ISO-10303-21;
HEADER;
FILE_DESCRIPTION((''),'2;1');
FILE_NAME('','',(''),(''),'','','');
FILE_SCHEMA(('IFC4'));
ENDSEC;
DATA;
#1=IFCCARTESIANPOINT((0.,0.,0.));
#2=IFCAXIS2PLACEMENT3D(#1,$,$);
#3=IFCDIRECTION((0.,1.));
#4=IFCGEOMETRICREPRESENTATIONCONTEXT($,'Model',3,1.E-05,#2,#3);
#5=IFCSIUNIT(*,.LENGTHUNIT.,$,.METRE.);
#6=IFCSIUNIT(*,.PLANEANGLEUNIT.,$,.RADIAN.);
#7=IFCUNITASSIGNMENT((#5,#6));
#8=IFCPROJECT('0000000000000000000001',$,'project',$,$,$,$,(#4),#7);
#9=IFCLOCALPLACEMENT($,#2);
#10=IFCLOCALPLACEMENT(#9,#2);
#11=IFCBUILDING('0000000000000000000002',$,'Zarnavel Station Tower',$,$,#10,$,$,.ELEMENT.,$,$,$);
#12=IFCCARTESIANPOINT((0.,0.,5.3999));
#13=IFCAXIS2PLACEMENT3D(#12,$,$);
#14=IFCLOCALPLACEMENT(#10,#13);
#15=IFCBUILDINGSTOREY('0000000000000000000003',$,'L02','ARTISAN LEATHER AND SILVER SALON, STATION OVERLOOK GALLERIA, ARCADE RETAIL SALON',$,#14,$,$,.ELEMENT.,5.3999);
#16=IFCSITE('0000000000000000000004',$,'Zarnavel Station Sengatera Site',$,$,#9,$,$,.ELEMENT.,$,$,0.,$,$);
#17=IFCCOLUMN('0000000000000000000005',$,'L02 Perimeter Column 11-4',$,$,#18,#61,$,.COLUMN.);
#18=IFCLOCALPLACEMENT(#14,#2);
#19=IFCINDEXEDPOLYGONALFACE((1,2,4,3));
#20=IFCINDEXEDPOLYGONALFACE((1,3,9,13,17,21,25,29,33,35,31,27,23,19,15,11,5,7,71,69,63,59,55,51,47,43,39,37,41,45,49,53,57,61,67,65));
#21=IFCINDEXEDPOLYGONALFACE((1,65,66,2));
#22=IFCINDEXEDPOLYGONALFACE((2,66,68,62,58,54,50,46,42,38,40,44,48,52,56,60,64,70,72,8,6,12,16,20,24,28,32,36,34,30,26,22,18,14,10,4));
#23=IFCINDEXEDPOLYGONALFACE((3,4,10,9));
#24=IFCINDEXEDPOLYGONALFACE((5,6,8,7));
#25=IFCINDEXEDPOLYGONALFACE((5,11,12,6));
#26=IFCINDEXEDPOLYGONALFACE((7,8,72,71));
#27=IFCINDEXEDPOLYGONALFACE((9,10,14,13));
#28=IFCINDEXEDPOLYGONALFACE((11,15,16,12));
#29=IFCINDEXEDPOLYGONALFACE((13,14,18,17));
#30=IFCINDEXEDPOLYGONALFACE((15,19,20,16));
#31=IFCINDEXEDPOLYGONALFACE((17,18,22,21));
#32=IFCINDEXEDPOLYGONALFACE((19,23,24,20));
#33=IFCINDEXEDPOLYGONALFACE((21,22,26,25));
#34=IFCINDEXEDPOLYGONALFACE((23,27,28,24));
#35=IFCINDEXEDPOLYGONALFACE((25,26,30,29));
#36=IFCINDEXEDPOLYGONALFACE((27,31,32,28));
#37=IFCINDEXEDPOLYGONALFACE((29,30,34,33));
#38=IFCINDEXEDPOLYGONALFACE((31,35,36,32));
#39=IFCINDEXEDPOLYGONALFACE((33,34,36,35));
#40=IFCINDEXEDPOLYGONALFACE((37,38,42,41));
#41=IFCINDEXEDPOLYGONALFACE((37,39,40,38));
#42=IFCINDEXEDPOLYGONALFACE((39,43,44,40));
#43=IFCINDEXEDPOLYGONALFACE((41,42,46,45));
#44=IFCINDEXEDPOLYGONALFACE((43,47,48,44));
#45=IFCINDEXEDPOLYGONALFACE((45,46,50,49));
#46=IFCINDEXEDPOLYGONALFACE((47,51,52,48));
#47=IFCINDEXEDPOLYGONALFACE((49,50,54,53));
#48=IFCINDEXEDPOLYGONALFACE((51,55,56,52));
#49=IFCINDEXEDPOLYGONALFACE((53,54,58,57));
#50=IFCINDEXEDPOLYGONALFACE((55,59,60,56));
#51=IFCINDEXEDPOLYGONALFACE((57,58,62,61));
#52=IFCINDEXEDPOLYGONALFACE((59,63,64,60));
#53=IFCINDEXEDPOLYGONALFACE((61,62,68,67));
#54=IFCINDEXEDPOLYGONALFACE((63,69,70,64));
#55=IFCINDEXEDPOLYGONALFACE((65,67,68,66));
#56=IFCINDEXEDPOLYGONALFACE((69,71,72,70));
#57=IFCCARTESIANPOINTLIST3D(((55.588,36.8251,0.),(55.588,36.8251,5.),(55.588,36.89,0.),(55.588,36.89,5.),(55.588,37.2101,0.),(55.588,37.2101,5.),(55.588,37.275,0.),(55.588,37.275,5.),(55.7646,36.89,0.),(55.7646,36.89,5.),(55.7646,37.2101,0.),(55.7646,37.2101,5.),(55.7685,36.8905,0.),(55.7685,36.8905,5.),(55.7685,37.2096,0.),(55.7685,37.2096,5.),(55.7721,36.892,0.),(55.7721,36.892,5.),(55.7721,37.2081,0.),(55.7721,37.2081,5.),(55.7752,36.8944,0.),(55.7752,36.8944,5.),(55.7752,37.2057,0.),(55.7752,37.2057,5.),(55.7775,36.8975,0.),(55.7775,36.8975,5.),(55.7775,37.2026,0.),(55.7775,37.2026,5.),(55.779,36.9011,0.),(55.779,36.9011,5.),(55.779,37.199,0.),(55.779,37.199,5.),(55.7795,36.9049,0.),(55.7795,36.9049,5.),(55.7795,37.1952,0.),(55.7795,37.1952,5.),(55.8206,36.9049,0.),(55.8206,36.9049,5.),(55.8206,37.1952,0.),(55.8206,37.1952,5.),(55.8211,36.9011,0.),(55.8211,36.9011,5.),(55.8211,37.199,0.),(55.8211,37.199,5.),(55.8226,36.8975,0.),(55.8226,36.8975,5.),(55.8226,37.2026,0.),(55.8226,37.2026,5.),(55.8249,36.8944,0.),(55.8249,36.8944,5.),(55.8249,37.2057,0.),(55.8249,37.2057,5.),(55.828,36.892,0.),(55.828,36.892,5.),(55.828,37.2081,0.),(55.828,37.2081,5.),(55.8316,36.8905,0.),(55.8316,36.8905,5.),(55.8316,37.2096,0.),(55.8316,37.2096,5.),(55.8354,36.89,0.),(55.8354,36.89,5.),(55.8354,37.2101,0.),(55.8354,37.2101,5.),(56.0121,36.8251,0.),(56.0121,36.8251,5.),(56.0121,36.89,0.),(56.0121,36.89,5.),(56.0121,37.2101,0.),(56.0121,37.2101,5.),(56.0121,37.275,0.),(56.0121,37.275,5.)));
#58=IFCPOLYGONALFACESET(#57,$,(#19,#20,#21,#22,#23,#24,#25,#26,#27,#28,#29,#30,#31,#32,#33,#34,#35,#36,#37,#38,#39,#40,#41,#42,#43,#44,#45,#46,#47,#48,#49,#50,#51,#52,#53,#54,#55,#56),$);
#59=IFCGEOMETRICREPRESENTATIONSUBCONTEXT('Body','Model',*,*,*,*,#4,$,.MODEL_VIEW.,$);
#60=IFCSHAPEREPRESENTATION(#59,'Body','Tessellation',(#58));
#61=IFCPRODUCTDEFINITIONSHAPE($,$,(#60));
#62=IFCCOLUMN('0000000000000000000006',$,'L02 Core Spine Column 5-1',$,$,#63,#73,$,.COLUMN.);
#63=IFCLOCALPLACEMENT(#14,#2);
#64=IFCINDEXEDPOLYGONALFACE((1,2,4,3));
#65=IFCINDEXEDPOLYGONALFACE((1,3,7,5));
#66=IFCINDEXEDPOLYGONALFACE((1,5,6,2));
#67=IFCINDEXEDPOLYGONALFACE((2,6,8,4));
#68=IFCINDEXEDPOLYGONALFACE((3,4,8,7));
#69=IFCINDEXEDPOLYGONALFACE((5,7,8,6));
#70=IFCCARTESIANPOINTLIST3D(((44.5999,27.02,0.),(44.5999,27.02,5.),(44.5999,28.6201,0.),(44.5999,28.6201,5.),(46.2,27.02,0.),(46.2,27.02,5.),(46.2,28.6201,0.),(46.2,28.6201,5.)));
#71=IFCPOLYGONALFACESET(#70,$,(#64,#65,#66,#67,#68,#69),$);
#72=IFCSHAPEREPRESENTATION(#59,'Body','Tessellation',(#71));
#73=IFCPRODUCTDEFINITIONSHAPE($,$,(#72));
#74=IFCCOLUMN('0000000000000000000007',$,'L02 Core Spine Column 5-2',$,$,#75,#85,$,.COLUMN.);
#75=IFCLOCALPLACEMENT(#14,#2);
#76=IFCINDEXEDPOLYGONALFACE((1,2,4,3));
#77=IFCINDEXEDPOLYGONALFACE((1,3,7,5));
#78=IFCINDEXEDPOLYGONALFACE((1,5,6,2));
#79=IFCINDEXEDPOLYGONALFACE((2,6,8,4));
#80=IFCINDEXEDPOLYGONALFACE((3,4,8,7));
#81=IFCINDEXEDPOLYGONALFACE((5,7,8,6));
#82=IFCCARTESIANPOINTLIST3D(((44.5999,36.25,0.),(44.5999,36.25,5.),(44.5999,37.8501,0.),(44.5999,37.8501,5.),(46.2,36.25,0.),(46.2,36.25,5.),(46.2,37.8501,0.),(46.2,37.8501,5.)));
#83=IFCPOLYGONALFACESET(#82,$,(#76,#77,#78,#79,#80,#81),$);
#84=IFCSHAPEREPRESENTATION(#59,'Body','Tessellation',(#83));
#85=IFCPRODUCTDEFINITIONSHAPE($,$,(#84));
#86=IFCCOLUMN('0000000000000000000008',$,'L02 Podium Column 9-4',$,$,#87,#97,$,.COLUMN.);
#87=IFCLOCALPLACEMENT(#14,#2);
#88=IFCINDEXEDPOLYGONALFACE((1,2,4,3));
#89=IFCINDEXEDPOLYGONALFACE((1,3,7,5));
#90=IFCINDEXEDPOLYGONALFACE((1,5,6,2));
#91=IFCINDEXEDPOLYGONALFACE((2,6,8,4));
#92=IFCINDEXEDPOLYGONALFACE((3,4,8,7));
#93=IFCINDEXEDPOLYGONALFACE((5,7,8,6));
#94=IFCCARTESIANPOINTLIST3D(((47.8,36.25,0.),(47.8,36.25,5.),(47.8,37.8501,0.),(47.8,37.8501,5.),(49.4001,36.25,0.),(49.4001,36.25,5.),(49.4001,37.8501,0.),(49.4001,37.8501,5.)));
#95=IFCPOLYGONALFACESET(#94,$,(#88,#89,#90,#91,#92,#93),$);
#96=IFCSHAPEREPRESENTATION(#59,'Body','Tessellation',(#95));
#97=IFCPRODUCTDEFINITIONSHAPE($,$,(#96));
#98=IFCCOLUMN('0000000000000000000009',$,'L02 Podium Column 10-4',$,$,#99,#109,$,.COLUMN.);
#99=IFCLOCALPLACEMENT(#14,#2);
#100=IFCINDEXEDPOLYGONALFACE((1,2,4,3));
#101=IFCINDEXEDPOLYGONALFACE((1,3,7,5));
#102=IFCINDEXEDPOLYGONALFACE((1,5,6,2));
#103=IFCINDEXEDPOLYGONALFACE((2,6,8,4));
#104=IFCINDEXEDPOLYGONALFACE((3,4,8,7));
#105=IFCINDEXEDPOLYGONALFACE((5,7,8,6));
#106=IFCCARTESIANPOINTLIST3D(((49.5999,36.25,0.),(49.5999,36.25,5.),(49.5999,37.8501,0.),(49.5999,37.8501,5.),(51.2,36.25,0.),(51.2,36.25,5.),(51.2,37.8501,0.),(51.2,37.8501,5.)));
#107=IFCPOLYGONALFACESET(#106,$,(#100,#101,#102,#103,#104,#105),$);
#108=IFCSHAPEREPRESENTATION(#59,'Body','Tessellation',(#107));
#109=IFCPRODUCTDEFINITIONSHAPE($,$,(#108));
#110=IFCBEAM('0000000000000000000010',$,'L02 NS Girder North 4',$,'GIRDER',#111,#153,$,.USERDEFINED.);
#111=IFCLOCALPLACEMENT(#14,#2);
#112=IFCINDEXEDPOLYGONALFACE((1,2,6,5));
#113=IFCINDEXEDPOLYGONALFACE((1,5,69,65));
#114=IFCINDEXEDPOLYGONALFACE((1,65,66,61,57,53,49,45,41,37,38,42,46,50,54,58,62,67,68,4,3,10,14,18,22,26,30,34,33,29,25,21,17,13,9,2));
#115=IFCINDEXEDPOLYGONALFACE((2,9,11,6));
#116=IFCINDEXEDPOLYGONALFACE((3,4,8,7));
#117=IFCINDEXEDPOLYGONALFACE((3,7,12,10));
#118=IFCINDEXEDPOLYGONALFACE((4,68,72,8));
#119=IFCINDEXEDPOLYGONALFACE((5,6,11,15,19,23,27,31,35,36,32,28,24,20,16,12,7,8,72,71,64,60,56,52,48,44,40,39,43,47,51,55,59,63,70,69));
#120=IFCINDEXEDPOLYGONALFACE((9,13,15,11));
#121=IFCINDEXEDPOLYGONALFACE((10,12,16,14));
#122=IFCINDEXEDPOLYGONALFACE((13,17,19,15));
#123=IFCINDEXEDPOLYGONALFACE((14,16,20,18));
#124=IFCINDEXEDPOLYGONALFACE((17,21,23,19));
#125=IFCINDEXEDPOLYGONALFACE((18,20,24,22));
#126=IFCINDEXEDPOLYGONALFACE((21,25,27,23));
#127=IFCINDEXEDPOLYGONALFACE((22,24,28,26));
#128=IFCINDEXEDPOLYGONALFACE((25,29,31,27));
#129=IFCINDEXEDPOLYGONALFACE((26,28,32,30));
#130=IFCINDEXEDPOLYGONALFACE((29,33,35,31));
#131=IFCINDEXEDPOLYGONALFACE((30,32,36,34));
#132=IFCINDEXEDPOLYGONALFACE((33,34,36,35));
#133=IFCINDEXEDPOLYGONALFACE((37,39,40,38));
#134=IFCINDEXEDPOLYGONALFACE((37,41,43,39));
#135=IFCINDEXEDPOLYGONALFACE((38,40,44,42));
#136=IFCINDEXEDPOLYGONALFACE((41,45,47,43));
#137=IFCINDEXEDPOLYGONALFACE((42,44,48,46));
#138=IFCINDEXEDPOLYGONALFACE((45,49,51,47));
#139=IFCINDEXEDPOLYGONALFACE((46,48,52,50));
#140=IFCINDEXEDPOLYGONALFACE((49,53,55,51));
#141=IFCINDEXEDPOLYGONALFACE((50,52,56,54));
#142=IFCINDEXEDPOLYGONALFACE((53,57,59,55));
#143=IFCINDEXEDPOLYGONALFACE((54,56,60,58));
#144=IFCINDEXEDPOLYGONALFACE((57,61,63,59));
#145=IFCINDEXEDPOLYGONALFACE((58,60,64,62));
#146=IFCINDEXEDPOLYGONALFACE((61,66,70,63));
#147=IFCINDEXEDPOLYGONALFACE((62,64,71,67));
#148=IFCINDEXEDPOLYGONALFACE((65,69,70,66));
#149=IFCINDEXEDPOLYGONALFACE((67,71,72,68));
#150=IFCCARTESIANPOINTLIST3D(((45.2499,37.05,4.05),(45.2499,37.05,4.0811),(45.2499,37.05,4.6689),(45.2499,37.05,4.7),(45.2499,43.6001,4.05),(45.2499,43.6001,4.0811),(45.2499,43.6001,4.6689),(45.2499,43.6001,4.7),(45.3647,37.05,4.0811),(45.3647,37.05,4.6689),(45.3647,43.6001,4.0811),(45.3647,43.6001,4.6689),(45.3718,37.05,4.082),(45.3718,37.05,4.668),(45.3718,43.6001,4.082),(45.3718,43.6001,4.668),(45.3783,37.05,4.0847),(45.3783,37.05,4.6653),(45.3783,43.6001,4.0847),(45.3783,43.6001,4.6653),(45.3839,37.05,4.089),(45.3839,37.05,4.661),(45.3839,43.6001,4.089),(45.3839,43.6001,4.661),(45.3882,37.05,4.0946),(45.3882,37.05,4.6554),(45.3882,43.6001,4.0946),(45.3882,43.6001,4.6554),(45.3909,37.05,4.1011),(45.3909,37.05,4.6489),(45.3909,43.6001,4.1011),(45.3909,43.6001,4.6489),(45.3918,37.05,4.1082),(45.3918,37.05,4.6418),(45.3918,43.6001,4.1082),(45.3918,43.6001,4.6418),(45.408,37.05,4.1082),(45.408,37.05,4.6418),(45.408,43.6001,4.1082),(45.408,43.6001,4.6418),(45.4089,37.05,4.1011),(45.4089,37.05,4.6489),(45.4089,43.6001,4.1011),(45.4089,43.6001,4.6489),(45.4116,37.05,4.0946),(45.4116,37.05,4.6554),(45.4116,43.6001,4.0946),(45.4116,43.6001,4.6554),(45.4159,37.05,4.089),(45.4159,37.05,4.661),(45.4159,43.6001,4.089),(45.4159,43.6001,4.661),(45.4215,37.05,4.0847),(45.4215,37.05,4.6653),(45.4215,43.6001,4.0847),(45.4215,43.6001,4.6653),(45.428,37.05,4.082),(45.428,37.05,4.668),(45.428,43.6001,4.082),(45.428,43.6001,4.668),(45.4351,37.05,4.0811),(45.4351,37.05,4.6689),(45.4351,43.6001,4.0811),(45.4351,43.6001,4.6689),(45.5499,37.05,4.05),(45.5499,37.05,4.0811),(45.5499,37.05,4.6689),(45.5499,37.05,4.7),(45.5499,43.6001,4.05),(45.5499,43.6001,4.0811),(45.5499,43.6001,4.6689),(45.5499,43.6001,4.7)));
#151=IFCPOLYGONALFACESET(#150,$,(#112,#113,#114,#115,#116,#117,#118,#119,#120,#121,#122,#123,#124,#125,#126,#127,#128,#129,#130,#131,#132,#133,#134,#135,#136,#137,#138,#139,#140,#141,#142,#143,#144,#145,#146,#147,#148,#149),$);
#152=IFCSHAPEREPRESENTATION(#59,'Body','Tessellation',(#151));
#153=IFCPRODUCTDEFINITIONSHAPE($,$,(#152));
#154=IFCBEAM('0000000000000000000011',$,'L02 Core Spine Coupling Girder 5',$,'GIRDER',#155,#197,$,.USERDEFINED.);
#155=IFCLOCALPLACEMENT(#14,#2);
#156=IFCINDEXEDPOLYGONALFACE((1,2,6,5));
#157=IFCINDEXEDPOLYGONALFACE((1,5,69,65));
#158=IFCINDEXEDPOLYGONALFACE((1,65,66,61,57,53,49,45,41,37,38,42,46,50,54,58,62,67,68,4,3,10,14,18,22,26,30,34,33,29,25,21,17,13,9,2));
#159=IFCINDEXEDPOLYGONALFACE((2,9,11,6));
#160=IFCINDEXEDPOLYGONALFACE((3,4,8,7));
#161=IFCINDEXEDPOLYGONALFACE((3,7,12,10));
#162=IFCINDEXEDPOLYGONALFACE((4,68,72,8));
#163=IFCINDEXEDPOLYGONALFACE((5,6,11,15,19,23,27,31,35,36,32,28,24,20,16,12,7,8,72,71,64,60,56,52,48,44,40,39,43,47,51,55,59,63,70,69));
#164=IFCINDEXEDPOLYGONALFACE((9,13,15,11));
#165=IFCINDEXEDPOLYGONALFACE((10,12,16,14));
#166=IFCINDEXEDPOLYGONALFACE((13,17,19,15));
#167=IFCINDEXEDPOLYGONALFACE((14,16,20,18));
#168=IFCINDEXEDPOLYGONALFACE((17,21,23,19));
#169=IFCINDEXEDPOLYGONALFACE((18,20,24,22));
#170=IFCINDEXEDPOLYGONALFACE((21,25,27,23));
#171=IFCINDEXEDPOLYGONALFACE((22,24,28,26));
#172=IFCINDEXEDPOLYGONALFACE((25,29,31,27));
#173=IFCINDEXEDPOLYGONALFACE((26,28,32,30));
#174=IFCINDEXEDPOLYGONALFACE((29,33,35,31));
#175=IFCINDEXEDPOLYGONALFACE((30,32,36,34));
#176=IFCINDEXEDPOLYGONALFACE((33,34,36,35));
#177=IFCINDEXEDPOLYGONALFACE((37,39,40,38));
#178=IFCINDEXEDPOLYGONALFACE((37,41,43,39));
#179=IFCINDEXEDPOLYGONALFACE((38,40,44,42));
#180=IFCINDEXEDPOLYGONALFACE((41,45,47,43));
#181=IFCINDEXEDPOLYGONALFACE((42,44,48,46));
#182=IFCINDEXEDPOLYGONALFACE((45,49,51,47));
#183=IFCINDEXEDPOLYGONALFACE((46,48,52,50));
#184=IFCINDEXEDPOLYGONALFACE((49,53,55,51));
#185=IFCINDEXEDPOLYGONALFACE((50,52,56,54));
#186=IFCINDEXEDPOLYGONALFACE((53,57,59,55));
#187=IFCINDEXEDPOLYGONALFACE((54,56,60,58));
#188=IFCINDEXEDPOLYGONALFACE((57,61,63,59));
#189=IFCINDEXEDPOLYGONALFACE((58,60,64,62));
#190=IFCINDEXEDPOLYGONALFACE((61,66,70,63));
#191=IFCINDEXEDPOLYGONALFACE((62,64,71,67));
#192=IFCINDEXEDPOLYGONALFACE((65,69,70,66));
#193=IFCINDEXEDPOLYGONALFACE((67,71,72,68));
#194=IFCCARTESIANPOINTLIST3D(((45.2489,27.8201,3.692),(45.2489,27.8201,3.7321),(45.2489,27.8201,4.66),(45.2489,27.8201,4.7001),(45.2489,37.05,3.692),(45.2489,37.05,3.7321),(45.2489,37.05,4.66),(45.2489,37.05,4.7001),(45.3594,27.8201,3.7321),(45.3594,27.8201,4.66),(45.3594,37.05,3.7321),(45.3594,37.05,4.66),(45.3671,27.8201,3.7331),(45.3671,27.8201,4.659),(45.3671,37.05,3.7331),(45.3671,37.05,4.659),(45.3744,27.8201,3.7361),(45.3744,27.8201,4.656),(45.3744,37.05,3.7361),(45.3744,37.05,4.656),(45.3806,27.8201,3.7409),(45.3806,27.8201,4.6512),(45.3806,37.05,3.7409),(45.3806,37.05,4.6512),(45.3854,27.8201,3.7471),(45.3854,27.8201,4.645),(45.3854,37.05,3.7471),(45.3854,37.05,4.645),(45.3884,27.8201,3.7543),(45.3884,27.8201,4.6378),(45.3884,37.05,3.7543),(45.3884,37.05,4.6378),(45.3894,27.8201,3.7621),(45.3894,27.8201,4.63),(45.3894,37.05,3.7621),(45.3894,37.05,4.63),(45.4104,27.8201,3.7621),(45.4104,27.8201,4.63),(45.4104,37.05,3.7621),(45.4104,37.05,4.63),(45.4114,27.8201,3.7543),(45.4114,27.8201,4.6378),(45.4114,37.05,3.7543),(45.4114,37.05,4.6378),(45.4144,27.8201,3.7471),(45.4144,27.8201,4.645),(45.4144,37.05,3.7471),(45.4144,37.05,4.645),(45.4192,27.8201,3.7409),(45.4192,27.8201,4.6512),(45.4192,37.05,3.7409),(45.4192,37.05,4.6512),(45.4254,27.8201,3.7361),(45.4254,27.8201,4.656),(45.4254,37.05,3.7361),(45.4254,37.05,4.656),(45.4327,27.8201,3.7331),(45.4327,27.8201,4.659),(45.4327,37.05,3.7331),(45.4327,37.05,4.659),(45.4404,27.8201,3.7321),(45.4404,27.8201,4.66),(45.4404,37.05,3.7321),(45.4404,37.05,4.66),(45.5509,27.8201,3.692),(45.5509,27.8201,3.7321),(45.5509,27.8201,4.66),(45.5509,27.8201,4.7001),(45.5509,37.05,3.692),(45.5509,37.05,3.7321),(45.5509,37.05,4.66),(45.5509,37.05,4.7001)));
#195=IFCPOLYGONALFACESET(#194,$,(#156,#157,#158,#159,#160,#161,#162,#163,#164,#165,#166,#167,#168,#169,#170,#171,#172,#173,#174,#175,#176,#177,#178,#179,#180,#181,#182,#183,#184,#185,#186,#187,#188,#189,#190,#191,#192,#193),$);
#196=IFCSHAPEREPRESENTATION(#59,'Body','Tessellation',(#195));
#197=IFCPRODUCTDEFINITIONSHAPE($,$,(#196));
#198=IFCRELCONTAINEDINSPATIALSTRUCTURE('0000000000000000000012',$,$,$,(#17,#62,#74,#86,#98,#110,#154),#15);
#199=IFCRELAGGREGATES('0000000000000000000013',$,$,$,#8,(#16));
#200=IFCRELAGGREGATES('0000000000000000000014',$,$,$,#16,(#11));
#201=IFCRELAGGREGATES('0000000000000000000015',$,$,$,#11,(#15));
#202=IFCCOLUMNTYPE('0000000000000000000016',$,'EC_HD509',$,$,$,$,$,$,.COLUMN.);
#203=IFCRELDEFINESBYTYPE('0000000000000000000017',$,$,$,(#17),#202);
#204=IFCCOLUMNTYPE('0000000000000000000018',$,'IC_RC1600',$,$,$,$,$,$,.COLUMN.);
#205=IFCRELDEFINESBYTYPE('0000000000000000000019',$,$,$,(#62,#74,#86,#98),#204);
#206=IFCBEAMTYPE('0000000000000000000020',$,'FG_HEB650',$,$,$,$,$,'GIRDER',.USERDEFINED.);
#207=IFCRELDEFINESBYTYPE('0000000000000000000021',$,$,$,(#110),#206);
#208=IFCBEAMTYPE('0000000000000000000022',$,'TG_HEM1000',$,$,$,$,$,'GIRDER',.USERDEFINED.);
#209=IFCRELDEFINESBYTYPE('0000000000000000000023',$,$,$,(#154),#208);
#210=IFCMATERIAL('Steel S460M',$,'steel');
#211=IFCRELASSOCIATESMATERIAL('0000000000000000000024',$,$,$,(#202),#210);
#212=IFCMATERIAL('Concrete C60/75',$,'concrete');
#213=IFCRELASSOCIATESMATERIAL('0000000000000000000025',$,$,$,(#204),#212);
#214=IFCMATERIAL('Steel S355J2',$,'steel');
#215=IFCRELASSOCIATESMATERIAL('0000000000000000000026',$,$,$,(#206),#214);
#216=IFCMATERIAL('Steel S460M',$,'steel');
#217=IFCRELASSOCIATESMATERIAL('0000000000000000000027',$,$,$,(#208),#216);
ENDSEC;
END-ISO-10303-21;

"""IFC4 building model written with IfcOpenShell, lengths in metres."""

from ifc_helpers import new_model, si_unit, direction, frame, origin, origin_2d, place, context, subcontext, project, spatial, rectangle, i_section, extrude, material, material_profile, profile_set, type_object, element, save


model = new_model("IFC4")

# Units and contexts
model_context = context("Model", 3, precision=1e-05, world=origin(), true_north=direction((0.0, 1.0)))
body_context = subcontext(model_context, "Body", "Model", "MODEL_VIEW")
ifc_project = project(units=[si_unit("LENGTHUNIT", "METRE"), si_unit("PLANEANGLEUNIT", "RADIAN")], contexts=[model_context])

# Site, building, storey
site_placement = place(None, origin())
site = spatial("IfcSite", under=ifc_project, at=site_placement, Name="Zarnavel Station Sengatera Site", CompositionType="ELEMENT", RefElevation=0.0)
building_placement = place(site_placement, origin())
building = spatial("IfcBuilding", under=site, at=building_placement, Name="Zarnavel Station Tower", CompositionType="ELEMENT")
storey_placement = place(building_placement, frame((0.0, 0.0, 5.3999)))
storey = spatial("IfcBuildingStorey", under=building, at=storey_placement, Name="L02", Description="ARTISAN LEATHER AND SILVER SALON, STATION OVERLOOK GALLERIA, ARCADE RETAIL SALON", CompositionType="ELEMENT", Elevation=5.3999)

# Columns
ifc_material_1 = material(Name="Steel S460M", Category="steel")
ifc_material_profile_1 = material_profile(ifc_material_1, i_section(OverallWidth=0.4241, OverallDepth=0.45, WebThickness=0.041, FlangeThickness=0.0649, FilletRadius=0.0149, at=origin_2d()), Name="HD400x509")
ifc_profile_set_1 = profile_set([ifc_material_profile_1], Name="Steel S460M")
column_type_1 = type_object("IfcColumnType", Name="EC_HD509", PredefinedType="COLUMN", material=ifc_profile_set_1)
column_placement = place(storey_placement, frame((55.8, 37.05, 0.0), z_axis=(0.0, 0.0, 1.0), x_axis=(1.0, 0.0, 0.0)))
element("IfcColumn", 1, at=column_placement, inside=storey, type_object=column_type_1, Name="L02 Perimeter Column 11-4", PredefinedType="COLUMN", context=body_context, shape_type="SweptSolid", body=[
    extrude(i_section(OverallWidth=0.4241, OverallDepth=0.45, WebThickness=0.041, FlangeThickness=0.0649, FilletRadius=0.0149, at=origin_2d()), origin(), (0.0, 0.0, 1.0), 5.0),
])
ifc_material_2 = material(Name="Concrete C60/75", Category="concrete")
ifc_material_profile_2 = material_profile(ifc_material_2, rectangle(XDim=1.6001, YDim=1.6001, at=origin_2d()), Name="RC1600x1600")
ifc_profile_set_2 = profile_set([ifc_material_profile_2], Name="Concrete C60/75")
column_type_2 = type_object("IfcColumnType", Name="IC_RC1600", PredefinedType="COLUMN", material=ifc_profile_set_2)
for number, where, z_axis, x_axis, name in (
    (2, (45.3999, 27.8201, 0.0), (0.0, 0.0, 1.0), (1.0, 0.0, 0.0), "L02 Core Spine Column 5-1"),
    (3, (45.3999, 37.05, 0.0), (0.0, 0.0, 1.0), (1.0, 0.0, 0.0), "L02 Core Spine Column 5-2"),
    (4, (48.6001, 37.05, 0.0), (0.0, 0.0, 1.0), (1.0, 0.0, 0.0), "L02 Podium Column 9-4"),
    (5, (50.3999, 37.05, 0.0), (0.0, 0.0, 1.0), (1.0, 0.0, 0.0), "L02 Podium Column 10-4"),
):
    element("IfcColumn", number, at=place(storey_placement, frame(where, z_axis=z_axis, x_axis=x_axis)), inside=storey, type_object=column_type_2, Name=name, PredefinedType="COLUMN", context=body_context, shape_type="SweptSolid", body=[
        extrude(rectangle(XDim=1.6001, YDim=1.6001, at=origin_2d()), origin(), (0.0, 0.0, 1.0), 5.0),
    ])

# Beams
ifc_material_3 = material(Name="Steel S355J2", Category="steel")
ifc_material_profile_3 = material_profile(ifc_material_3, i_section(OverallWidth=0.3, OverallDepth=0.6499, WebThickness=0.0161, FlangeThickness=0.031, FilletRadius=0.0271, at=origin_2d()), Name="HEB650")
ifc_profile_set_3 = profile_set([ifc_material_profile_3], Name="Steel S355J2")
beam_type_1 = type_object("IfcBeamType", Name="FG_HEB650", ElementType="GIRDER", PredefinedType="USERDEFINED", material=ifc_profile_set_3)
beam_1_placement = place(storey_placement, frame((45.3999, 37.05, 4.375), z_axis=(0.0, 1.0, 0.0), x_axis=(-1.0, 0.0, 0.0)))
element("IfcBeam", 6, at=beam_1_placement, inside=storey, type_object=beam_type_1, Name="L02 NS Girder North 4", ObjectType="GIRDER", PredefinedType="USERDEFINED", context=body_context, shape_type="SweptSolid", body=[
    extrude(i_section(OverallWidth=0.3, OverallDepth=0.6499, WebThickness=0.0161, FlangeThickness=0.031, FilletRadius=0.0271, at=origin_2d()), origin(), (0.0, 0.0, 1.0), 6.55),
])
ifc_material_4 = material(Name="Steel S460M", Category="steel")
ifc_material_profile_4 = material_profile(ifc_material_4, i_section(OverallWidth=0.302, OverallDepth=1.0081, WebThickness=0.021, FlangeThickness=0.04, FilletRadius=0.03, at=origin_2d()), Name="HEM1000")
ifc_profile_set_4 = profile_set([ifc_material_profile_4], Name="Steel S460M")
beam_type_2 = type_object("IfcBeamType", Name="TG_HEM1000", ElementType="GIRDER", PredefinedType="USERDEFINED", material=ifc_profile_set_4)
beam_2_placement = place(storey_placement, frame((45.3999, 27.8201, 4.196), z_axis=(0.0, 1.0, 0.0), x_axis=(-1.0, 0.0, 0.0)))
element("IfcBeam", 7, at=beam_2_placement, inside=storey, type_object=beam_type_2, Name="L02 Core Spine Coupling Girder 5", ObjectType="GIRDER", PredefinedType="USERDEFINED", context=body_context, shape_type="SweptSolid", body=[
    extrude(i_section(OverallWidth=0.302, OverallDepth=1.0081, WebThickness=0.021, FlangeThickness=0.04, FilletRadius=0.03, at=origin_2d()), origin(), (0.0, 0.0, 1.0), 9.23),
])

save(model, "model.ifc")
